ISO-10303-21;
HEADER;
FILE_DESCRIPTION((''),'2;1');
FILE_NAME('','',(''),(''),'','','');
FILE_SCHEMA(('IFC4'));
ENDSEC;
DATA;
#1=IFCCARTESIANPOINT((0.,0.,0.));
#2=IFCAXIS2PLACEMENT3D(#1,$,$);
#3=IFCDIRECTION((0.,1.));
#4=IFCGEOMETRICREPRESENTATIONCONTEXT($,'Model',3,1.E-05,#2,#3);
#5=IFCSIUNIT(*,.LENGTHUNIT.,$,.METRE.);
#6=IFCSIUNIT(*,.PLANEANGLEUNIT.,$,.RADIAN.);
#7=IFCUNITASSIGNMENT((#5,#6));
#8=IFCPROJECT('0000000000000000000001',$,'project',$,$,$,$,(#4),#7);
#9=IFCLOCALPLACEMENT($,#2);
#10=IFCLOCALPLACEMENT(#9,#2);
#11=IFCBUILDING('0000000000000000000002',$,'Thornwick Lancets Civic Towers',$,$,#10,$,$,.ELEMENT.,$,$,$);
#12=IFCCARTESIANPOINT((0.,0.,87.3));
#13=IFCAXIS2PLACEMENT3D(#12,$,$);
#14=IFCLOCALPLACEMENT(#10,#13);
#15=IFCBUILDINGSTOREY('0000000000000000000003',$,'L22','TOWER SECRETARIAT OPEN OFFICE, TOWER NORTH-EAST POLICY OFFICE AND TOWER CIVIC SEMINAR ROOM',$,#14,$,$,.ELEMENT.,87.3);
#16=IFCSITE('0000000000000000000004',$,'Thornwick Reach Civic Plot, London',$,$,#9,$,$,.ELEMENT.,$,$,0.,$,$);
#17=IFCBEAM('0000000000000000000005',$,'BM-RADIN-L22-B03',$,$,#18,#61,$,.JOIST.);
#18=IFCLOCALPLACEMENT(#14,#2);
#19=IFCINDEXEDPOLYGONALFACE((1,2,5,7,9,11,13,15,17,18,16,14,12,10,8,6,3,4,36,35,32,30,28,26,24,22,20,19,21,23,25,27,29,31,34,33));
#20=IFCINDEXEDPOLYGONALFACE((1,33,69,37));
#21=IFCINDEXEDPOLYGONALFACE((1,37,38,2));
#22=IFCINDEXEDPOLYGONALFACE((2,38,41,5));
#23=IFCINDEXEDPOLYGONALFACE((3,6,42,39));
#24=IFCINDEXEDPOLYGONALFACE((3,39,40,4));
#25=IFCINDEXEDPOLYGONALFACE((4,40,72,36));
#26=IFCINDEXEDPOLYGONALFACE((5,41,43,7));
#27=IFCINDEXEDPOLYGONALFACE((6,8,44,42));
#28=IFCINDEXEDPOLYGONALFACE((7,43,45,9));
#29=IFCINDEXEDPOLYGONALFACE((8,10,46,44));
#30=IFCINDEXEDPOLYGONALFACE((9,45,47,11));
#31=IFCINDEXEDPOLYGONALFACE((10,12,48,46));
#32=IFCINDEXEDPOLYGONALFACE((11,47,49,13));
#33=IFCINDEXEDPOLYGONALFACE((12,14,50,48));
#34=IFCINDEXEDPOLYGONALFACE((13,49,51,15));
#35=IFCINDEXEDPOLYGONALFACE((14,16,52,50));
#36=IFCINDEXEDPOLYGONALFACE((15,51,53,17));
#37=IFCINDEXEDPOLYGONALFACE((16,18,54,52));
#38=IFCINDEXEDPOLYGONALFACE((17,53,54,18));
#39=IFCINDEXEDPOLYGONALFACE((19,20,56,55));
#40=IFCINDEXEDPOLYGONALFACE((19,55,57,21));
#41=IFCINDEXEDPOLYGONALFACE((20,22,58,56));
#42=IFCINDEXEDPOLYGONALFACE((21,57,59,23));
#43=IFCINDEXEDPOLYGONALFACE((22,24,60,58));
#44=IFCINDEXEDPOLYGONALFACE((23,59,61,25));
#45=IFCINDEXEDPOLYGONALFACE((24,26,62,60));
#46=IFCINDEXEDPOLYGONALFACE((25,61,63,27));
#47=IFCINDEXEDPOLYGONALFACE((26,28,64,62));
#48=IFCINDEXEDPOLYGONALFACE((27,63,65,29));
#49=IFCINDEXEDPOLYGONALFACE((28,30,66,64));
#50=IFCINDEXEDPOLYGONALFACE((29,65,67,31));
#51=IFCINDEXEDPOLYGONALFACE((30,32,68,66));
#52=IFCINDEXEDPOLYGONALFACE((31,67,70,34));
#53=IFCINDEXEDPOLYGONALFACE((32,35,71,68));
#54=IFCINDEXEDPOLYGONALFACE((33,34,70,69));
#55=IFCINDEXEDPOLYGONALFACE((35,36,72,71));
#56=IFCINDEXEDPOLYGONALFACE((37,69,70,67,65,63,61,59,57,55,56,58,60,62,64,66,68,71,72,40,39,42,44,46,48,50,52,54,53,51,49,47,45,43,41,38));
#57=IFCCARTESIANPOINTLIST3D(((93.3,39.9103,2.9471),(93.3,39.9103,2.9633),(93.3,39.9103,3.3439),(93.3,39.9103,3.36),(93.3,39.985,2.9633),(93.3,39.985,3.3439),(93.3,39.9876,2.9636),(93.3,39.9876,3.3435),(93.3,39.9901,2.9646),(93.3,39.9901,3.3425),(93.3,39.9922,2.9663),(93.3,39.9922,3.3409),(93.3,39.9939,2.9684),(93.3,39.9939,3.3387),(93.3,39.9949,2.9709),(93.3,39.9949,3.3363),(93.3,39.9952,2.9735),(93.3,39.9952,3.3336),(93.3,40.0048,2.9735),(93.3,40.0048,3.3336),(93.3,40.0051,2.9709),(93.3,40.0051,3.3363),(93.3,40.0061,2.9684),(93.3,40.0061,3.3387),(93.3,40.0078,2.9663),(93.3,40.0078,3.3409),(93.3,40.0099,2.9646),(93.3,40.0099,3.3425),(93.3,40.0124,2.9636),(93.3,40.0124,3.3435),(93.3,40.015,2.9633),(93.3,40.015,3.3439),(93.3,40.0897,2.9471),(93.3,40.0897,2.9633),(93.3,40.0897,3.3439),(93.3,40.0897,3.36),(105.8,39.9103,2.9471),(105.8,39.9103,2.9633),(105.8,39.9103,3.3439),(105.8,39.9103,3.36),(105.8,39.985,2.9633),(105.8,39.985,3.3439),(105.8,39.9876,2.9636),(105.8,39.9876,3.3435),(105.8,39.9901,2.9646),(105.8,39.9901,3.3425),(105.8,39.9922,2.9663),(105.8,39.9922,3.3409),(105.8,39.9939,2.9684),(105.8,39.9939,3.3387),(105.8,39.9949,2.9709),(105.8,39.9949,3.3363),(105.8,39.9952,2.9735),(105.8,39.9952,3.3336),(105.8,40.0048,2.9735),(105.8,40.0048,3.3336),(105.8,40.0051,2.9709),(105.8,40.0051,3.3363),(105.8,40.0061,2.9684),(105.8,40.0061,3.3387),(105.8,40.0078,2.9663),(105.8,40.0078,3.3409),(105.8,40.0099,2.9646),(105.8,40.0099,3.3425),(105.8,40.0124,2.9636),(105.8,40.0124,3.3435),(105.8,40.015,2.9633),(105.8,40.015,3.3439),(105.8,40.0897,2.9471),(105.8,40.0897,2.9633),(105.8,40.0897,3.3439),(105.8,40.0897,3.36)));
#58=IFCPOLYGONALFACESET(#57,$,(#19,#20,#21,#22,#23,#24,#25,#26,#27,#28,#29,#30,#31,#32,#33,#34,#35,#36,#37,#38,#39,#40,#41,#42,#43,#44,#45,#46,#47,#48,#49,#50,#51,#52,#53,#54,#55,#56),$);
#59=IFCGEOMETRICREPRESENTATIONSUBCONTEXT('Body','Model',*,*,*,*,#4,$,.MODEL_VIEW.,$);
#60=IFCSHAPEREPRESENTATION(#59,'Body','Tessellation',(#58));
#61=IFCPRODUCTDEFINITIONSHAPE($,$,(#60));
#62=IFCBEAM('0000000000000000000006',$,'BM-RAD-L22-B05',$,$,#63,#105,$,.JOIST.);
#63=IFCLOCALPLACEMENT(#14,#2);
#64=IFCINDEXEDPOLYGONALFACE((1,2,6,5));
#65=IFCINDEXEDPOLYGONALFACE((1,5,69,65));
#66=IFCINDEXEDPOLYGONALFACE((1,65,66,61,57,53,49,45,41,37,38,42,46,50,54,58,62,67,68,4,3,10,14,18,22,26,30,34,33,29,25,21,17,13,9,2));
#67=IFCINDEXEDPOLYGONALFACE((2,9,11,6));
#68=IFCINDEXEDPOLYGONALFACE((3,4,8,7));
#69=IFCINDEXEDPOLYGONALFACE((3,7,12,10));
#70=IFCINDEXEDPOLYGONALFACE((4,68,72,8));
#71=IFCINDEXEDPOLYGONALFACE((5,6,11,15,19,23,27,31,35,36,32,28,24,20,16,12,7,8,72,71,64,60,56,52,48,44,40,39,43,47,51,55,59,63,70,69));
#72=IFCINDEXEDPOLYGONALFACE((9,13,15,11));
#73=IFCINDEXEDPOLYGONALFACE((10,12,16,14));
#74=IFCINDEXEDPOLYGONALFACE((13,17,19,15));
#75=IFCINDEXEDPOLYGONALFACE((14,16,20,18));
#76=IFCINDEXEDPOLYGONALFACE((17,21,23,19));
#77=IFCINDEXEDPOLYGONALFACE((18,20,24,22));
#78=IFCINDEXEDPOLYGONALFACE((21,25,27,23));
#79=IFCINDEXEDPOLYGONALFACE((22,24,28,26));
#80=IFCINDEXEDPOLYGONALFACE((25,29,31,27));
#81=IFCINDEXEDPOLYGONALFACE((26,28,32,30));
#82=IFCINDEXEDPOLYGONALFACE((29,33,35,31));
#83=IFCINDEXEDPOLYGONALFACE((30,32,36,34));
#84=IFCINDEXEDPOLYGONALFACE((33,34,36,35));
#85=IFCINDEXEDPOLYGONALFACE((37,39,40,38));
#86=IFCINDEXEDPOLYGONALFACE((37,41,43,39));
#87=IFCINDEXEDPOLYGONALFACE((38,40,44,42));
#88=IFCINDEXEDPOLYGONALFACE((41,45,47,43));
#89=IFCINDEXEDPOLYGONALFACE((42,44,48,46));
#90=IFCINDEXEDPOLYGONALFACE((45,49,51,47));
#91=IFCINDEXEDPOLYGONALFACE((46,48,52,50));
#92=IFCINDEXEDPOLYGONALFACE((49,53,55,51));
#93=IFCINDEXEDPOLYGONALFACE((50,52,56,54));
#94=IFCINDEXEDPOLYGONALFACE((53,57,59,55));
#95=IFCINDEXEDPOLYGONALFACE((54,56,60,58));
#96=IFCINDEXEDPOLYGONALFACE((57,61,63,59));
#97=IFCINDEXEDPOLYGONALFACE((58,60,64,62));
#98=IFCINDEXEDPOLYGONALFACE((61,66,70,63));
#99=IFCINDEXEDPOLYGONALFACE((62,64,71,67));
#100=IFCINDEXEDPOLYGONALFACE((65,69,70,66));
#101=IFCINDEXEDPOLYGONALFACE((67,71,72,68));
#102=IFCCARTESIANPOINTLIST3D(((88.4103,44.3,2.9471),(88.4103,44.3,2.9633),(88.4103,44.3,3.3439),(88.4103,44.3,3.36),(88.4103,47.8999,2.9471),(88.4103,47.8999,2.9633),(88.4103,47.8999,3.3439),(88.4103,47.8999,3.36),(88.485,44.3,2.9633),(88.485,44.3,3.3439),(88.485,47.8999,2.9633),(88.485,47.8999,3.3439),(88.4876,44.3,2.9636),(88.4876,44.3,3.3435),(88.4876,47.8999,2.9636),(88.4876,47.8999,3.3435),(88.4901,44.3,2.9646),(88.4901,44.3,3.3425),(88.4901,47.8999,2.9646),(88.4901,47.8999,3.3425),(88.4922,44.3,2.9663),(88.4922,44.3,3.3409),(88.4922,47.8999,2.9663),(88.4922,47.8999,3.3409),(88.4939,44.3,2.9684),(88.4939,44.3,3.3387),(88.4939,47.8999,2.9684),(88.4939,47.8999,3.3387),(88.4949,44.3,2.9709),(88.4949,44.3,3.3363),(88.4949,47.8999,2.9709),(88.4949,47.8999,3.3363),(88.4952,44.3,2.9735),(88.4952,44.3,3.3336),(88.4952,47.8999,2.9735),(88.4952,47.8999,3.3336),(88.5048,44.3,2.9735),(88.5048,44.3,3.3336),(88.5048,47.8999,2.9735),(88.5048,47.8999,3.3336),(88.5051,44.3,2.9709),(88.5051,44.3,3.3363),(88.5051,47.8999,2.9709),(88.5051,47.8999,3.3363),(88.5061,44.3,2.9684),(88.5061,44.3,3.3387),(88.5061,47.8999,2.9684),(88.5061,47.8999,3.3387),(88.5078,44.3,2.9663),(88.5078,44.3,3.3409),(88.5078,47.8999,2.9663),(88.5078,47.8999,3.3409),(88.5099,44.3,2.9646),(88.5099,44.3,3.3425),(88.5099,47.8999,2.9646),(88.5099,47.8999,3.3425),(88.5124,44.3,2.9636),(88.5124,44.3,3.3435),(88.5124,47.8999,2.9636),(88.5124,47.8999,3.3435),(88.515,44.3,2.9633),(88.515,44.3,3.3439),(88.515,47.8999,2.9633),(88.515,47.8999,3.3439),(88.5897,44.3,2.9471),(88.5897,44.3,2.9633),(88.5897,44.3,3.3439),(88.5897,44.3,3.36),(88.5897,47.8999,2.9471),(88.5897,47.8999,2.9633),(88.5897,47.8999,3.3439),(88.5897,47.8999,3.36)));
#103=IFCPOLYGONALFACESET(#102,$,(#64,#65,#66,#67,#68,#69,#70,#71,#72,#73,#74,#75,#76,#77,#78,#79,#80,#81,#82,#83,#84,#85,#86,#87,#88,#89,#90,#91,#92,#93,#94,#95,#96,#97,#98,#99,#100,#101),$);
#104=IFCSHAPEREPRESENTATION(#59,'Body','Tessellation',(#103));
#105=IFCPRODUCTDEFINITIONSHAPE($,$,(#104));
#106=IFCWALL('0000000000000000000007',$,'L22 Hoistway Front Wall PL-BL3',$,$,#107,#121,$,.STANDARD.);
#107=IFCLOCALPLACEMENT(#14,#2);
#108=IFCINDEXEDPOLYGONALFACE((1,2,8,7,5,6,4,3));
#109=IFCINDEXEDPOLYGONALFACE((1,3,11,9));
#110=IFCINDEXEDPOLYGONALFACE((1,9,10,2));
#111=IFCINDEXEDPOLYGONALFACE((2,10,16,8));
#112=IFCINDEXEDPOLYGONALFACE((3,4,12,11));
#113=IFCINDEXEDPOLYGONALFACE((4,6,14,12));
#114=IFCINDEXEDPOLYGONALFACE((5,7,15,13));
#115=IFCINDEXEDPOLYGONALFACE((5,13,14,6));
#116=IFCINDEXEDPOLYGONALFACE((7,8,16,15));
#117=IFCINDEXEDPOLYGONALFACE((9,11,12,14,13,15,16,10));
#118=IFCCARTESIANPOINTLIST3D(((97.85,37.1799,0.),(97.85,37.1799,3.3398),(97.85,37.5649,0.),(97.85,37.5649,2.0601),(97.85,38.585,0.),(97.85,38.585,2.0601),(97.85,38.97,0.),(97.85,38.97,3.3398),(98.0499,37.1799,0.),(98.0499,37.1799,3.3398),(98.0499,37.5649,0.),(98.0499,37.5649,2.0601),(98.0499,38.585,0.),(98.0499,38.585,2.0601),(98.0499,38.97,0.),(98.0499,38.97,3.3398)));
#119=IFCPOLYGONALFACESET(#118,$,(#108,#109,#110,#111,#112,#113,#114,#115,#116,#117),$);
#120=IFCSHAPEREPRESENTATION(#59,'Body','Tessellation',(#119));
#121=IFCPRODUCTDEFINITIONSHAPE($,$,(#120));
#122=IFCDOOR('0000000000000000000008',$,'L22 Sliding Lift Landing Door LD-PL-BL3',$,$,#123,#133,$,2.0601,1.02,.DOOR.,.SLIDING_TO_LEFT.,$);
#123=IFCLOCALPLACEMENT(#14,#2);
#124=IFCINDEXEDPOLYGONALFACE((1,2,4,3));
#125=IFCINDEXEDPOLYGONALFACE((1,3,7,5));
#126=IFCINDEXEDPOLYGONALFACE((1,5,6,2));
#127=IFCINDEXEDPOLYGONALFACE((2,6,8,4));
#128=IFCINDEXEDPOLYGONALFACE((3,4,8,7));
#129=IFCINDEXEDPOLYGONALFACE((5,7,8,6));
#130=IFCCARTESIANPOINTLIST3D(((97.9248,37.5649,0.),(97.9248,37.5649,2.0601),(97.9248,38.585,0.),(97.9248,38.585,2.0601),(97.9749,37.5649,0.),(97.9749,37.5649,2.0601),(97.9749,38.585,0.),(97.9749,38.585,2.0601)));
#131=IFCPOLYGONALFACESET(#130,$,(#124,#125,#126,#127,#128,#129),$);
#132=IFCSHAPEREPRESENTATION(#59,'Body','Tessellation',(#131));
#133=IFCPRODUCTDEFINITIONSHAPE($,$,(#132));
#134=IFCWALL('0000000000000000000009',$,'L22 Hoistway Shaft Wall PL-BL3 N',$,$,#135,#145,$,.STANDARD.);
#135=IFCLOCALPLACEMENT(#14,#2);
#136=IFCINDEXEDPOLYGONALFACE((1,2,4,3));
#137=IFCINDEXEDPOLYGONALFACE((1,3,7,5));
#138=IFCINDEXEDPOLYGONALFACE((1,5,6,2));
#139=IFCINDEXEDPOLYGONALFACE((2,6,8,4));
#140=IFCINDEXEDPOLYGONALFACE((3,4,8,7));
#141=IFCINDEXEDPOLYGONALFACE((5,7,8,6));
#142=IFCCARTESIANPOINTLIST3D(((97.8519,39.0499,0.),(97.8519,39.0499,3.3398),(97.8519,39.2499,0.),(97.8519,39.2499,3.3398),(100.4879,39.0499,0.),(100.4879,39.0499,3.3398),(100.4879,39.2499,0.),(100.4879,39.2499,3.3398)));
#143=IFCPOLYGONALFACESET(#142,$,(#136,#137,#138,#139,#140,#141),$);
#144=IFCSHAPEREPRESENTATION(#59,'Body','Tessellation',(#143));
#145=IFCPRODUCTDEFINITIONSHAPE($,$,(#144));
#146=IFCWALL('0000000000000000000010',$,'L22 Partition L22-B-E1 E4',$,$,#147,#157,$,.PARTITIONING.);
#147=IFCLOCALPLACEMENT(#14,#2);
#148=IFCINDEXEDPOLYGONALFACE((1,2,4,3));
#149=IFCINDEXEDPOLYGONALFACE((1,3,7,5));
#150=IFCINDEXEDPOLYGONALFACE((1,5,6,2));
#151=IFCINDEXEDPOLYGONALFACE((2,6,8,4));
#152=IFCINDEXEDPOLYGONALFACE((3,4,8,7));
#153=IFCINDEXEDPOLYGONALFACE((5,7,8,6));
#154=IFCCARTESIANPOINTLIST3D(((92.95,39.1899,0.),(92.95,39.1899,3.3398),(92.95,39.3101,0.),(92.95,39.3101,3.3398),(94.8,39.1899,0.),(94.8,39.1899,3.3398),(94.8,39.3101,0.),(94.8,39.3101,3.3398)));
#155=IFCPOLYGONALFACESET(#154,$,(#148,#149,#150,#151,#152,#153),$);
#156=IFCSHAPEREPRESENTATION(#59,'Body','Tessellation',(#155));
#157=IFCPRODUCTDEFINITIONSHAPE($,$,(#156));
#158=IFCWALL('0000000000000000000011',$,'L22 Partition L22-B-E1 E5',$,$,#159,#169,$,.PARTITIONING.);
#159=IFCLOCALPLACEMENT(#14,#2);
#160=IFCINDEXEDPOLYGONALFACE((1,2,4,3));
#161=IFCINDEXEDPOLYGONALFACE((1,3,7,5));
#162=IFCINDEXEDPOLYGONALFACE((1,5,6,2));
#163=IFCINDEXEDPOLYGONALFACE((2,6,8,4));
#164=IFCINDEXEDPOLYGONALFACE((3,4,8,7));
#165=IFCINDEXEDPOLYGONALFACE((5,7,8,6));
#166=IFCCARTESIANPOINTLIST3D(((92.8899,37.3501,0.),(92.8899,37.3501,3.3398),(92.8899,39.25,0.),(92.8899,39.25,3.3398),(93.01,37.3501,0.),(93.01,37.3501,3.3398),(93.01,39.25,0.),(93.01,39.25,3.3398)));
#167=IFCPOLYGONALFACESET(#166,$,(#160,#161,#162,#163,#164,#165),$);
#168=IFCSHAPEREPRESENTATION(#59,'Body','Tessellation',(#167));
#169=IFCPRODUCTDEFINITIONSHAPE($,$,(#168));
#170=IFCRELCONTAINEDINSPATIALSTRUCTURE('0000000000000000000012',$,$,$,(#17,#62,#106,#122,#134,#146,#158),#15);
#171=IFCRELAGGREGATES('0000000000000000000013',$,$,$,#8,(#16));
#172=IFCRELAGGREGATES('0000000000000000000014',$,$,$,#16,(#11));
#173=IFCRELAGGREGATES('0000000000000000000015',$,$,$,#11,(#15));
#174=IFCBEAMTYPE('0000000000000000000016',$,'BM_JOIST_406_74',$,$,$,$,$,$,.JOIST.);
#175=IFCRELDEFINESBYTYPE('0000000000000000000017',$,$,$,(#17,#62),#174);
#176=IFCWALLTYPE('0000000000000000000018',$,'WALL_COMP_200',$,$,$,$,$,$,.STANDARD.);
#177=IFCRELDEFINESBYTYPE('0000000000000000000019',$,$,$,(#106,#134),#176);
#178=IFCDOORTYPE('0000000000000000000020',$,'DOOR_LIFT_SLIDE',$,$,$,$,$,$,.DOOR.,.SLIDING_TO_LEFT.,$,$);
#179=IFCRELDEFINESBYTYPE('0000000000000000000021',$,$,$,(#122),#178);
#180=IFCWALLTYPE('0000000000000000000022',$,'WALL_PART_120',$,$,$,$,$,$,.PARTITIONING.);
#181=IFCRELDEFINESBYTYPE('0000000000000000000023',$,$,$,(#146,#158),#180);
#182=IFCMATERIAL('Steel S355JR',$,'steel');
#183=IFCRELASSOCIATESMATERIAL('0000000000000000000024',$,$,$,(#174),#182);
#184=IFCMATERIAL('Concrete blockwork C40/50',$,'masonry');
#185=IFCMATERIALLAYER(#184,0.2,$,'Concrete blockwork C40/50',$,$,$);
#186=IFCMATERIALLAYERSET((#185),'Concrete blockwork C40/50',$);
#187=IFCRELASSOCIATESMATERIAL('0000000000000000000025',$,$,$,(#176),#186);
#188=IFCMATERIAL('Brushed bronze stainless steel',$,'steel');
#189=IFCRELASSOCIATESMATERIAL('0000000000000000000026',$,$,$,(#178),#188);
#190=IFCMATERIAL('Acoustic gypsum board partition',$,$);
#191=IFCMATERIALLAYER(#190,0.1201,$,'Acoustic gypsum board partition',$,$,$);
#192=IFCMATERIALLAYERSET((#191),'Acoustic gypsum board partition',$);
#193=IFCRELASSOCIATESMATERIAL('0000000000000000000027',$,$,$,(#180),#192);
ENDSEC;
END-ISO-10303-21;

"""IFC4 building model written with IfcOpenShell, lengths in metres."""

from ifc_helpers import new_model, si_unit, direction, frame, frame_2d, origin, origin_2d, place, context, subcontext, project, spatial, rectangle, i_section, extrude, material, layer, layer_set, material_profile, profile_set, type_object, element, fill, save


model = new_model("IFC4")

# Units and contexts
model_context = context("Model", 3, precision=1e-05, world=origin(), true_north=direction((0.0, 1.0)))
body_context = subcontext(model_context, "Body", "Model", "MODEL_VIEW")
ifc_project = project(units=[si_unit("LENGTHUNIT", "METRE"), si_unit("PLANEANGLEUNIT", "RADIAN")], contexts=[model_context])

# Site, building, storey
site_placement = place(None, origin())
site = spatial("IfcSite", under=ifc_project, at=site_placement, Name="Thornwick Reach Civic Plot, London", CompositionType="ELEMENT", RefElevation=0.0)
building_placement = place(site_placement, origin())
building = spatial("IfcBuilding", under=site, at=building_placement, Name="Thornwick Lancets Civic Towers", CompositionType="ELEMENT")
storey_placement = place(building_placement, frame((0.0, 0.0, 87.3)))
storey = spatial("IfcBuildingStorey", under=building, at=storey_placement, Name="L22", Description="TOWER SECRETARIAT OPEN OFFICE, TOWER NORTH-EAST POLICY OFFICE AND TOWER CIVIC SEMINAR ROOM", CompositionType="ELEMENT", Elevation=87.3)

# Beams
ifc_material_1 = material(Name="Steel S355JR", Category="steel")
ifc_material_profile_1 = material_profile(ifc_material_1, i_section(OverallWidth=0.1794, OverallDepth=0.4128, WebThickness=0.0095, FlangeThickness=0.0161, FilletRadius=0.0103, at=origin_2d()), Name="UKB 406x178x74")
ifc_profile_set_1 = profile_set([ifc_material_profile_1], Name="Steel S355JR")
beam_type_1 = type_object("IfcBeamType", Name="BM_JOIST_406_74", PredefinedType="JOIST", material=ifc_profile_set_1)
beam_1_placement = place(storey_placement, frame((93.3, 40.0, 3.1536), z_axis=(1.0, 0.0, 0.0), x_axis=(0.0, 1.0, 0.0)))
element("IfcBeam", 1, at=beam_1_placement, inside=storey, type_object=beam_type_1, Name="BM-RADIN-L22-B03", PredefinedType="JOIST", context=body_context, shape_type="SweptSolid", body=[
    extrude(i_section(OverallWidth=0.1794, OverallDepth=0.4128, WebThickness=0.0095, FlangeThickness=0.0161, FilletRadius=0.0103, at=origin_2d()), origin(), (0.0, 0.0, 1.0), 12.5),
])
beam_2_placement = place(storey_placement, frame((88.5, 44.3, 3.1536), z_axis=(0.0, 1.0, 0.0), x_axis=(-1.0, 0.0, 0.0)))
element("IfcBeam", 2, at=beam_2_placement, inside=storey, type_object=beam_type_1, Name="BM-RAD-L22-B05", PredefinedType="JOIST", context=body_context, shape_type="SweptSolid", body=[
    extrude(i_section(OverallWidth=0.1794, OverallDepth=0.4128, WebThickness=0.0095, FlangeThickness=0.0161, FilletRadius=0.0103, at=origin_2d()), origin(), (0.0, 0.0, 1.0), 3.5999),
])

# Wall, opening, door
ifc_material_2 = material(Name="Concrete blockwork C40/50", Category="masonry")
ifc_layer_1 = layer(ifc_material_2, 0.2, Name="Concrete blockwork C40/50")
ifc_layer_set_1 = layer_set([ifc_layer_1], Name="Concrete blockwork C40/50")
wall_type_1 = type_object("IfcWallType", Name="WALL_COMP_200", PredefinedType="STANDARD", material=ifc_layer_set_1)
wall_1_placement = place(storey_placement, frame((97.95, 38.97, 0.0), z_axis=(0.0, 0.0, 1.0), x_axis=(0.0, -1.0, 0.0)))
wall_1 = element("IfcWall", 3, at=wall_1_placement, inside=storey, type_object=wall_type_1, Name="L22 Hoistway Front Wall PL-BL3", PredefinedType="STANDARD", context=body_context, shape_type="SweptSolid", body=[
    extrude(rectangle(XDim=1.79, YDim=0.2, at=frame_2d((0.895, 0.0))), origin(), (0.0, 0.0, 1.0), 3.3398),
])
opening_1_placement = place(wall_1_placement, frame((0.385, 0.0, 0.0)))
opening_1 = element("IfcOpeningElement", 4, at=opening_1_placement, cuts=wall_1, PredefinedType="OPENING", context=body_context, shape_type="SweptSolid", body=[
    extrude(rectangle(XDim=1.02, YDim=2.0601, at=frame_2d((0.51, 1.03))), frame((0.0, 0.1099, 0.0), z_axis=(0.0, -1.0, 0.0), x_axis=(1.0, 0.0, 0.0)), (0.0, 0.0, 1.0), 0.22),
])
ifc_material_3 = material(Name="Brushed bronze stainless steel", Category="steel")
door_type_1 = type_object("IfcDoorType", Name="DOOR_LIFT_SLIDE", OperationType="SLIDING_TO_LEFT", PredefinedType="DOOR", material=ifc_material_3)
door_1_placement = place(opening_1_placement, origin())
door_1 = element("IfcDoor", 5, at=door_1_placement, inside=storey, type_object=door_type_1, Name="L22 Sliding Lift Landing Door LD-PL-BL3", OperationType="SLIDING_TO_LEFT", OverallHeight=2.0601, OverallWidth=1.02, PredefinedType="DOOR", context=body_context, shape_type="SweptSolid", body=[
    extrude(rectangle(XDim=1.02, YDim=2.0601, at=frame_2d((0.51, 1.03))), frame((0.0, 0.0249, 0.0), z_axis=(0.0, -1.0, 0.0), x_axis=(1.0, 0.0, 0.0)), (0.0, 0.0, 1.0), 0.05),
])
fill(opening_1, door_1)

# Walls
wall_2_placement = place(storey_placement, frame((97.8521, 39.1499, 0.0), z_axis=(0.0, 0.0, 1.0), x_axis=(1.0, 0.0, 0.0)))
element("IfcWall", 6, at=wall_2_placement, inside=storey, type_object=wall_type_1, Name="L22 Hoistway Shaft Wall PL-BL3 N", PredefinedType="STANDARD", context=body_context, shape_type="SweptSolid", body=[
    extrude(rectangle(XDim=2.636, YDim=0.2, at=frame_2d((1.3179, 0.0))), origin(), (0.0, 0.0, 1.0), 3.3398),
])
ifc_material_4 = material(Name="Acoustic gypsum board partition")
ifc_layer_2 = layer(ifc_material_4, 0.1201, Name="Acoustic gypsum board partition")
ifc_layer_set_2 = layer_set([ifc_layer_2], Name="Acoustic gypsum board partition")
wall_type_2 = type_object("IfcWallType", Name="WALL_PART_120", PredefinedType="PARTITIONING", material=ifc_layer_set_2)
wall_3_placement = place(storey_placement, frame((94.8, 39.25, 0.0), z_axis=(0.0, 0.0, 1.0), x_axis=(-1.0, 0.0, 0.0)))
element("IfcWall", 7, at=wall_3_placement, inside=storey, type_object=wall_type_2, Name="L22 Partition L22-B-E1 E4", PredefinedType="PARTITIONING", context=body_context, shape_type="SweptSolid", body=[
    extrude(rectangle(XDim=1.8501, YDim=0.1201, at=frame_2d((0.925, 0.0))), origin(), (0.0, 0.0, 1.0), 3.3398),
])
wall_4_placement = place(storey_placement, frame((92.95, 39.25, 0.0), z_axis=(0.0, 0.0, 1.0), x_axis=(0.0, -1.0, 0.0)))
element("IfcWall", 8, at=wall_4_placement, inside=storey, type_object=wall_type_2, Name="L22 Partition L22-B-E1 E5", PredefinedType="PARTITIONING", context=body_context, shape_type="SweptSolid", body=[
    extrude(rectangle(XDim=1.8999, YDim=0.1201, at=frame_2d((0.95, 0.0))), origin(), (0.0, 0.0, 1.0), 3.3398),
])

save(model, "model.ifc")
